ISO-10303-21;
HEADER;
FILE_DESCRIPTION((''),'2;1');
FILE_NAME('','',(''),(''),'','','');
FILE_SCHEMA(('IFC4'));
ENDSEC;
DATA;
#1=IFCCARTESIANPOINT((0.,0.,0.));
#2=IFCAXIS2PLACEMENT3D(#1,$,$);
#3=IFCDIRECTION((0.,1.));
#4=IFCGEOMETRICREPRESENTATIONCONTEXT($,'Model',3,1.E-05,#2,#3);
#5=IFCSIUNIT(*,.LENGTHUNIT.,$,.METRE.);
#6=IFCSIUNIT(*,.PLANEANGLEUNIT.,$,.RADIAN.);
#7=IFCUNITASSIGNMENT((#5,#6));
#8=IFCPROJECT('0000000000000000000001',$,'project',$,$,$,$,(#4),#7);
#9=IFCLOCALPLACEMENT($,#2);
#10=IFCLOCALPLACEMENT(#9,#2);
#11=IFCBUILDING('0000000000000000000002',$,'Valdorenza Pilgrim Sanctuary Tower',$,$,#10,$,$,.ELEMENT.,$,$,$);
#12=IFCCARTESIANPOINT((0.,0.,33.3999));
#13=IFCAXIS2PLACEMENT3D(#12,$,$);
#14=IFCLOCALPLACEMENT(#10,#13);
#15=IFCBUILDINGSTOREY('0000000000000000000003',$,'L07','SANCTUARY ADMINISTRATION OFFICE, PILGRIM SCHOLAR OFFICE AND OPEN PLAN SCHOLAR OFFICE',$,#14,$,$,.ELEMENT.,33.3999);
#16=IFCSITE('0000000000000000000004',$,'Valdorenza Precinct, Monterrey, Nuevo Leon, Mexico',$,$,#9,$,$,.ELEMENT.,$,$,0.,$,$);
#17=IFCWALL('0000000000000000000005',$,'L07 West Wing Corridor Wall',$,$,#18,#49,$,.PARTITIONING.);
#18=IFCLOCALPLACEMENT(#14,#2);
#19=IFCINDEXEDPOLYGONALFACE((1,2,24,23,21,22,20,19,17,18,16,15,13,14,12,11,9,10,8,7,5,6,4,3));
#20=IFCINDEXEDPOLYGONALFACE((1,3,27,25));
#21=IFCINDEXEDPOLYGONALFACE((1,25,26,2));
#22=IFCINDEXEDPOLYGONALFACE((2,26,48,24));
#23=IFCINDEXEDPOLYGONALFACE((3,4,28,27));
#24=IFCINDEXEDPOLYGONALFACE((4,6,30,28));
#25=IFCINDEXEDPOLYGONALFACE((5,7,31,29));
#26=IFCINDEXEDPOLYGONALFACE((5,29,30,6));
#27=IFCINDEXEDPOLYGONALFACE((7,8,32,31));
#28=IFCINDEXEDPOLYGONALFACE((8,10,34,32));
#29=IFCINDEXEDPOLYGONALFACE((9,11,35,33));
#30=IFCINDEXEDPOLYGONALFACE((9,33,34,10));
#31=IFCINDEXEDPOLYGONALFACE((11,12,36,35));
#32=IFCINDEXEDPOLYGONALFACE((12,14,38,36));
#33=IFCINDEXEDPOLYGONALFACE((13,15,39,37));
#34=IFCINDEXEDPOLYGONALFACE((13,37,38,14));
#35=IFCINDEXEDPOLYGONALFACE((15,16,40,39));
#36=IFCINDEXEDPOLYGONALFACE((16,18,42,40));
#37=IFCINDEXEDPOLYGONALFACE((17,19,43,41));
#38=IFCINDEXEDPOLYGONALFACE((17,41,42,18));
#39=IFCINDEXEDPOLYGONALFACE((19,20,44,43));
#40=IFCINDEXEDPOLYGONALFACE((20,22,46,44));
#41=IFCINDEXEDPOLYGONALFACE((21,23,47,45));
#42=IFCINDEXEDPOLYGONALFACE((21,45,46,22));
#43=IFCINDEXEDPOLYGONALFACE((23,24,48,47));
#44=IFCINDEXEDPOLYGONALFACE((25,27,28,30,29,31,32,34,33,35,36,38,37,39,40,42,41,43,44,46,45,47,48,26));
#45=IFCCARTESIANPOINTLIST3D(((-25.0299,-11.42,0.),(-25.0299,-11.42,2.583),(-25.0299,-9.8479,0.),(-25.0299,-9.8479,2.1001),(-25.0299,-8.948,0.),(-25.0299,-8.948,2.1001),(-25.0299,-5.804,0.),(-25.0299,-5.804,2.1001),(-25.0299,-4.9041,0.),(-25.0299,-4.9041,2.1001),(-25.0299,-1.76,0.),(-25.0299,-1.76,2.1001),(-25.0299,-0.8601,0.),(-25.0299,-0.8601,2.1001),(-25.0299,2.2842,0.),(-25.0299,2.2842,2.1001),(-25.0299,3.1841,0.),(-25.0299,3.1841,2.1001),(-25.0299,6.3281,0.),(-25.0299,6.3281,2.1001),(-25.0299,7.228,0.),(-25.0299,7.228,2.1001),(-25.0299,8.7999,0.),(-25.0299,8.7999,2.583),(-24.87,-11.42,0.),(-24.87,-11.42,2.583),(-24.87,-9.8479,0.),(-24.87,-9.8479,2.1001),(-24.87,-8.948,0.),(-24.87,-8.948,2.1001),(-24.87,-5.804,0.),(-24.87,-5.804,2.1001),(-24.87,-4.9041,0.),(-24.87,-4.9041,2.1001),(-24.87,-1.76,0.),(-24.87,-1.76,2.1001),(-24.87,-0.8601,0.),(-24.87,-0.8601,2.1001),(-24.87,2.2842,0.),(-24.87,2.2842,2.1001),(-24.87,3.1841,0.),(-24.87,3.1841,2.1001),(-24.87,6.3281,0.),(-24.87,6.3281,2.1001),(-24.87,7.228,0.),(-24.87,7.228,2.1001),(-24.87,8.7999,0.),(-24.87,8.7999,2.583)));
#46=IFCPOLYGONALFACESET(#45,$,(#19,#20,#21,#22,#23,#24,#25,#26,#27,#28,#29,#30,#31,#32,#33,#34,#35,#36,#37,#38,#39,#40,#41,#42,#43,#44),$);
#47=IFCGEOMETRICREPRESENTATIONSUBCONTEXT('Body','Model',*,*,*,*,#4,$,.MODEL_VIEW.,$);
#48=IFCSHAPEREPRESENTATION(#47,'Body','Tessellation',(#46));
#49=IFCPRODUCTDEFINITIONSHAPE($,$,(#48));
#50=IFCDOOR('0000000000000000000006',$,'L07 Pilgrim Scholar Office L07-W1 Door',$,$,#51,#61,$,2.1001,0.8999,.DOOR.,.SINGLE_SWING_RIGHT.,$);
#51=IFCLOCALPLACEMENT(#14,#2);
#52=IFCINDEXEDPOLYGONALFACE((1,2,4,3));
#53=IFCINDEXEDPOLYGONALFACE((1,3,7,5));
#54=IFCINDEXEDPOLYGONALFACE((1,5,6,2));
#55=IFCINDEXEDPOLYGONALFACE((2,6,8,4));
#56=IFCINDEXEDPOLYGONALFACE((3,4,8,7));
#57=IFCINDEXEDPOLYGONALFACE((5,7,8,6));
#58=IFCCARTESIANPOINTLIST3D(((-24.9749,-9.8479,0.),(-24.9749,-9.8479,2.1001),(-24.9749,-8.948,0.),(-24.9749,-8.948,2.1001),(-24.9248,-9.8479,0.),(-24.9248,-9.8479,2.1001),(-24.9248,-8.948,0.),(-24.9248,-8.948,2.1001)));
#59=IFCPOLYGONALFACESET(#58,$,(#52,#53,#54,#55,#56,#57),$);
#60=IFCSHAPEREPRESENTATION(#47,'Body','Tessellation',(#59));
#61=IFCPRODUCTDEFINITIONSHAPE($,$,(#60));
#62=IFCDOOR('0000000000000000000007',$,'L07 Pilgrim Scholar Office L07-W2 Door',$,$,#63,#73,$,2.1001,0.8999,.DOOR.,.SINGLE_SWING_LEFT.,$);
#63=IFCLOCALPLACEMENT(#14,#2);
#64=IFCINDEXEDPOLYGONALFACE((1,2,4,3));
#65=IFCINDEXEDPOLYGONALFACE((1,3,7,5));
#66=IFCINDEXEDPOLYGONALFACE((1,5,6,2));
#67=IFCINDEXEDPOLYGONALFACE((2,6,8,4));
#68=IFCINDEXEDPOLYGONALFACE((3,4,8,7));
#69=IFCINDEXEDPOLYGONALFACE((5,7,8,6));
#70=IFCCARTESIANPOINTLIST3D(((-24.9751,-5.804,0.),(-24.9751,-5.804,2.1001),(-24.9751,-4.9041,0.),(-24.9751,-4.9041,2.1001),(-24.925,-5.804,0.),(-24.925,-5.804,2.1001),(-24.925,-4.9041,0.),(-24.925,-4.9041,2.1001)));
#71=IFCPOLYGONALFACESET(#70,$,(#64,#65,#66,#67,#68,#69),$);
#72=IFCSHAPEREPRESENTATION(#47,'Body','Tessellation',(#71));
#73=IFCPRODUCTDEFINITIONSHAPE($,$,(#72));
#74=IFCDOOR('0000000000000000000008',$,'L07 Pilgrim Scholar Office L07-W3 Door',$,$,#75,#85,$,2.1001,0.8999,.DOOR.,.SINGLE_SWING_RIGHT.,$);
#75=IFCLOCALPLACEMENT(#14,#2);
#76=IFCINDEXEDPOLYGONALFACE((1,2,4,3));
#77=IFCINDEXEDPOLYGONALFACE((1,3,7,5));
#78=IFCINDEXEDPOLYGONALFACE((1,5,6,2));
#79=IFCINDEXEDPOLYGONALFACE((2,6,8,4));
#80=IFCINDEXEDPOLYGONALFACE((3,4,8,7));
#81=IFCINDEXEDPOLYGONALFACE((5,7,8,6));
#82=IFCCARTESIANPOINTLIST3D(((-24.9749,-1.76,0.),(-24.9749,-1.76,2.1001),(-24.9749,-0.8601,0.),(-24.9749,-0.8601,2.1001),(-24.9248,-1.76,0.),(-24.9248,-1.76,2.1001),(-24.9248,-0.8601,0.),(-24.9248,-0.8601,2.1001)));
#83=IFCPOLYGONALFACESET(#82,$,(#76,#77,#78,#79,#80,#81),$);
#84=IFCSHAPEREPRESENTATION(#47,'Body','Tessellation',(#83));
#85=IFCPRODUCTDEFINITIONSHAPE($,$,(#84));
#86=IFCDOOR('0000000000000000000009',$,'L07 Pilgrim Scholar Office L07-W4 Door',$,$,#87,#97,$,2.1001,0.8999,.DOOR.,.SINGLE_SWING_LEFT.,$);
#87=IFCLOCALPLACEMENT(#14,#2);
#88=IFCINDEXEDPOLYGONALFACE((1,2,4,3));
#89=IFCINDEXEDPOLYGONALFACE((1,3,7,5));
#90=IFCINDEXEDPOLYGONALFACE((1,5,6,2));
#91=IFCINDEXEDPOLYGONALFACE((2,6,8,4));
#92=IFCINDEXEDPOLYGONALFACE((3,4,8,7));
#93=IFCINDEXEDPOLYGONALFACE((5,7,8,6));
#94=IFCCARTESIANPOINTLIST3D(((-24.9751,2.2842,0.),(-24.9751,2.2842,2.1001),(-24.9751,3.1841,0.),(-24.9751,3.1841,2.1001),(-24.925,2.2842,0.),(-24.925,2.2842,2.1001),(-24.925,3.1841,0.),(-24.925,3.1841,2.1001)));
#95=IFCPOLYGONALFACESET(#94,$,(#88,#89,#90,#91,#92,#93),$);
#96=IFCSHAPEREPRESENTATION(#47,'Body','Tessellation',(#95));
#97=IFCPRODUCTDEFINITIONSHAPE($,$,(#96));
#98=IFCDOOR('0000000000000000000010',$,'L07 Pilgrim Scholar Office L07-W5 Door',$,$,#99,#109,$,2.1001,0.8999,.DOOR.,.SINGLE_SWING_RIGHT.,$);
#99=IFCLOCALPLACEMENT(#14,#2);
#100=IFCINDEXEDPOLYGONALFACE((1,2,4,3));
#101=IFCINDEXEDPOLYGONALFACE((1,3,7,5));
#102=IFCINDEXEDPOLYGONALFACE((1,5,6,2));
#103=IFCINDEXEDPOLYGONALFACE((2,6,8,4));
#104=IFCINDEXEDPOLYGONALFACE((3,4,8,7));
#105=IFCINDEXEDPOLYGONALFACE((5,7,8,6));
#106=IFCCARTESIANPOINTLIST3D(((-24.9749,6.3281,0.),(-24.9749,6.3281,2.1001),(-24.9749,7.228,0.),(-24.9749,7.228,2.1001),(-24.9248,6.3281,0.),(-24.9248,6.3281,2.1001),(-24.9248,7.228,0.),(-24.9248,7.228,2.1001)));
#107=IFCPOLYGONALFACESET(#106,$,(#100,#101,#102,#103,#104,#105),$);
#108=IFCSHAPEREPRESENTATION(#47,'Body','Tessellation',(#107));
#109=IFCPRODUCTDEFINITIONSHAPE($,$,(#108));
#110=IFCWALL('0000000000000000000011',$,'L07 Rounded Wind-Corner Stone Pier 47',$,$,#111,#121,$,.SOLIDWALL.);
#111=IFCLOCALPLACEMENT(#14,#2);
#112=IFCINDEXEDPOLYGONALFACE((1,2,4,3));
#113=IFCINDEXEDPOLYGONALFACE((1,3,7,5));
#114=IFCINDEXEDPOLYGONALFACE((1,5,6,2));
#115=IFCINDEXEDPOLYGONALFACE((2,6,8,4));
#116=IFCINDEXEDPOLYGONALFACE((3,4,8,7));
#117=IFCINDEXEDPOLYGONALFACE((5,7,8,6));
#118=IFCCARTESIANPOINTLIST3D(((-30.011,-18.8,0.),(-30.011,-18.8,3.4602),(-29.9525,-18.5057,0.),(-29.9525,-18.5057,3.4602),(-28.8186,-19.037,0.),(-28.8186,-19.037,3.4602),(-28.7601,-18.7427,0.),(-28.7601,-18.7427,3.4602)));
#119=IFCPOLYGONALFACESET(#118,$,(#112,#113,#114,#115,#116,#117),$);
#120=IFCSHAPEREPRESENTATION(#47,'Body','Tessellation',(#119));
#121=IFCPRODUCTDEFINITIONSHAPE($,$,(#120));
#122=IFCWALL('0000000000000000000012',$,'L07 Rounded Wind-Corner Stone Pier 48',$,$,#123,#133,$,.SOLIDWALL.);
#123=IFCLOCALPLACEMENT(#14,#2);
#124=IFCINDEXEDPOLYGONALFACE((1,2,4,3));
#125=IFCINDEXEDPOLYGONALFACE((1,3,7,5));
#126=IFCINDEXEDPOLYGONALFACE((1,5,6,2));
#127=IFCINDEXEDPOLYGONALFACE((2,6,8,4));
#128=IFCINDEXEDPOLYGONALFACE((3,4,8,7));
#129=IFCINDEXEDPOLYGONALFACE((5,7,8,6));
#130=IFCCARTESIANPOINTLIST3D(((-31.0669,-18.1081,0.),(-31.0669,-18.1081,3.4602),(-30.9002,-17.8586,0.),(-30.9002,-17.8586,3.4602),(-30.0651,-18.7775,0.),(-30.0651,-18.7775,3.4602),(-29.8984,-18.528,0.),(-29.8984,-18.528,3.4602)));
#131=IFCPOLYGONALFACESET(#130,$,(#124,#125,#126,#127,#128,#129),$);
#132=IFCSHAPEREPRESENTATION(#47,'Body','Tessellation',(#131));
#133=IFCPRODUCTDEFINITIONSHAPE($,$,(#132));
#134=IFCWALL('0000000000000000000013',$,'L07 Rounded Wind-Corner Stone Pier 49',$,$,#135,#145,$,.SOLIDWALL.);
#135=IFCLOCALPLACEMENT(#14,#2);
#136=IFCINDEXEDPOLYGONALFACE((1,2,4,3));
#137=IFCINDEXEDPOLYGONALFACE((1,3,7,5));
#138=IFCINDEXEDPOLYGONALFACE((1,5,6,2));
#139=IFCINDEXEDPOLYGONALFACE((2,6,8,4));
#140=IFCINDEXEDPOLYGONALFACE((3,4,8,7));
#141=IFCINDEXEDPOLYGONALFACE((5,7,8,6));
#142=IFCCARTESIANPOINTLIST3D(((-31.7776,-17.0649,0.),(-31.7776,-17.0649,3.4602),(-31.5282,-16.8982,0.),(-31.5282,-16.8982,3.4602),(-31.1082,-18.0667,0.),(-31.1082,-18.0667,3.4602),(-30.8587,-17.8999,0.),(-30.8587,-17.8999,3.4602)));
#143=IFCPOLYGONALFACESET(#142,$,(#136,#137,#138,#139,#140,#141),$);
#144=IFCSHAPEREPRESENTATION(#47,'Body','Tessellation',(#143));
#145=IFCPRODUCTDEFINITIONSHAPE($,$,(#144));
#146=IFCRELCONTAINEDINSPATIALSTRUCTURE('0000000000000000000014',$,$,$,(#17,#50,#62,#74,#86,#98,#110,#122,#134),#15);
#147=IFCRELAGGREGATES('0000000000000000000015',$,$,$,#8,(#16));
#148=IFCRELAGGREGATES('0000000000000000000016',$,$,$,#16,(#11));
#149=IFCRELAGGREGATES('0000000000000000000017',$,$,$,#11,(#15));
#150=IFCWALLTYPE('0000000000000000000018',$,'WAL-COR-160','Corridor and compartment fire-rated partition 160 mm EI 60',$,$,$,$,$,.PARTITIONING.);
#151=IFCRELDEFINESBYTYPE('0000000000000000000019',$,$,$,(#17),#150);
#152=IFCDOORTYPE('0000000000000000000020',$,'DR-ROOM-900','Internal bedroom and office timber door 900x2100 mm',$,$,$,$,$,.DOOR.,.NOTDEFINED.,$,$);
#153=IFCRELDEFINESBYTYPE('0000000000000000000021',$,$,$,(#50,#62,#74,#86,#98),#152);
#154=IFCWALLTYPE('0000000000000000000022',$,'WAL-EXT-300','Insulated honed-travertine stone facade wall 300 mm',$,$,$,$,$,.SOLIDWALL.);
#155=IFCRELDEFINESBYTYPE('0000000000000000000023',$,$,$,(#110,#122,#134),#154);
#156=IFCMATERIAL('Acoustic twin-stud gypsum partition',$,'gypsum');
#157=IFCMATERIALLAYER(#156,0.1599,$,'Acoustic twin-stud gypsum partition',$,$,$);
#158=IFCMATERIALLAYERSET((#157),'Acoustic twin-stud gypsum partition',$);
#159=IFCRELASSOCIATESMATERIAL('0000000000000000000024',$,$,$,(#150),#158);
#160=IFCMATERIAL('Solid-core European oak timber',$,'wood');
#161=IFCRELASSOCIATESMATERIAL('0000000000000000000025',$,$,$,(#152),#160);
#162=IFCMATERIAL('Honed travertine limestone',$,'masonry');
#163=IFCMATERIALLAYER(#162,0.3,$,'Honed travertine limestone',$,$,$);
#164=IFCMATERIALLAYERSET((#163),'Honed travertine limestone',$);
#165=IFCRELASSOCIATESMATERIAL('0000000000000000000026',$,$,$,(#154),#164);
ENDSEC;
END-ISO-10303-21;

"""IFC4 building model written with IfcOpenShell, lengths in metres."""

from ifc_helpers import new_model, si_unit, direction, frame, frame_2d, origin, place, context, subcontext, project, spatial, rectangle, extrude, material, layer, layer_set, type_object, element, fill, save


model = new_model("IFC4")

# Units and contexts
model_context = context("Model", 3, precision=1e-05, world=origin(), true_north=direction((0.0, 1.0)))
body_context = subcontext(model_context, "Body", "Model", "MODEL_VIEW")
ifc_project = project(units=[si_unit("LENGTHUNIT", "METRE"), si_unit("PLANEANGLEUNIT", "RADIAN")], contexts=[model_context])

# Site, building, storey
site_placement = place(None, origin())
site = spatial("IfcSite", under=ifc_project, at=site_placement, Name="Valdorenza Precinct, Monterrey, Nuevo Leon, Mexico", CompositionType="ELEMENT", RefElevation=0.0)
building_placement = place(site_placement, origin())
building = spatial("IfcBuilding", under=site, at=building_placement, Name="Valdorenza Pilgrim Sanctuary Tower", CompositionType="ELEMENT")
storey_placement = place(building_placement, frame((0.0, 0.0, 33.3999)))
storey = spatial("IfcBuildingStorey", under=building, at=storey_placement, Name="L07", Description="SANCTUARY ADMINISTRATION OFFICE, PILGRIM SCHOLAR OFFICE AND OPEN PLAN SCHOLAR OFFICE", CompositionType="ELEMENT", Elevation=33.3999)

# Shared definitions
ifc_material_1 = material(Name="Honed travertine limestone", Category="masonry")

# Wall, openings, doors
ifc_material_2 = material(Name="Acoustic twin-stud gypsum partition", Category="gypsum")
ifc_layer_1 = layer(ifc_material_2, 0.1599, Name="Acoustic twin-stud gypsum partition")
ifc_layer_set_1 = layer_set([ifc_layer_1], Name="Acoustic twin-stud gypsum partition")
wall_type_1 = type_object("IfcWallType", Name="WAL-COR-160", Description="Corridor and compartment fire-rated partition 160 mm EI 60", PredefinedType="PARTITIONING", material=ifc_layer_set_1)
wall_1_placement = place(storey_placement, frame((-24.95, -11.4199, 0.0), z_axis=(0.0, 0.0, 1.0), x_axis=(0.0, 1.0, 0.0)))
wall_1 = element("IfcWall", 1, at=wall_1_placement, inside=storey, type_object=wall_type_1, Name="L07 West Wing Corridor Wall", PredefinedType="PARTITIONING", context=body_context, shape_type="SweptSolid", body=[
    extrude(rectangle(XDim=20.22, YDim=0.1599, at=frame_2d((10.1099, 0.0))), origin(), (0.0, 0.0, 1.0), 2.583),
])
opening_1_placement = place(wall_1_placement, frame((1.572, 0.0, 0.0)))
opening_1 = element("IfcOpeningElement", 2, at=opening_1_placement, cuts=wall_1, PredefinedType="OPENING", context=body_context, shape_type="SweptSolid", body=[
    extrude(rectangle(XDim=0.8999, YDim=2.1001, at=frame_2d((0.45, 1.05))), frame((0.0, 0.0947, 0.0), z_axis=(0.0, -1.0, 0.0), x_axis=(1.0, 0.0, 0.0)), (0.0, 0.0, 1.0), 0.1897),
])
opening_2_placement = place(wall_1_placement, frame((5.616, 0.0, 0.0)))
opening_2 = element("IfcOpeningElement", 3, at=opening_2_placement, cuts=wall_1, PredefinedType="OPENING", context=body_context, shape_type="SweptSolid", body=[
    extrude(rectangle(XDim=0.8999, YDim=2.1001, at=frame_2d((0.45, 1.05))), frame((0.0, 0.0947, 0.0), z_axis=(0.0, -1.0, 0.0), x_axis=(1.0, 0.0, 0.0)), (0.0, 0.0, 1.0), 0.1897),
])
opening_3_placement = place(wall_1_placement, frame((9.6599, 0.0, 0.0)))
opening_3 = element("IfcOpeningElement", 4, at=opening_3_placement, cuts=wall_1, PredefinedType="OPENING", context=body_context, shape_type="SweptSolid", body=[
    extrude(rectangle(XDim=0.8999, YDim=2.1001, at=frame_2d((0.45, 1.05))), frame((0.0, 0.0947, 0.0), z_axis=(0.0, -1.0, 0.0), x_axis=(1.0, 0.0, 0.0)), (0.0, 0.0, 1.0), 0.1897),
])
opening_4_placement = place(wall_1_placement, frame((13.7041, 0.0, 0.0)))
opening_4 = element("IfcOpeningElement", 5, at=opening_4_placement, cuts=wall_1, PredefinedType="OPENING", context=body_context, shape_type="SweptSolid", body=[
    extrude(rectangle(XDim=0.8999, YDim=2.1001, at=frame_2d((0.45, 1.05))), frame((0.0, 0.0947, 0.0), z_axis=(0.0, -1.0, 0.0), x_axis=(1.0, 0.0, 0.0)), (0.0, 0.0, 1.0), 0.1897),
])
opening_5_placement = place(wall_1_placement, frame((17.748, 0.0, 0.0)))
opening_5 = element("IfcOpeningElement", 6, at=opening_5_placement, cuts=wall_1, PredefinedType="OPENING", context=body_context, shape_type="SweptSolid", body=[
    extrude(rectangle(XDim=0.8999, YDim=2.1001, at=frame_2d((0.45, 1.05))), frame((0.0, 0.0947, 0.0), z_axis=(0.0, -1.0, 0.0), x_axis=(1.0, 0.0, 0.0)), (0.0, 0.0, 1.0), 0.1897),
])
ifc_material_3 = material(Name="Solid-core European oak timber", Category="wood")
door_type = type_object("IfcDoorType", Name="DR-ROOM-900", Description="Internal bedroom and office timber door 900x2100 mm", OperationType="NOTDEFINED", PredefinedType="DOOR", material=ifc_material_3)
door_1_placement = place(opening_1_placement, origin())
door_1 = element("IfcDoor", 7, at=door_1_placement, inside=storey, type_object=door_type, Name="L07 Pilgrim Scholar Office L07-W1 Door", OperationType="SINGLE_SWING_RIGHT", OverallHeight=2.1001, OverallWidth=0.8999, PredefinedType="DOOR", context=body_context, shape_type="SweptSolid", body=[
    extrude(rectangle(XDim=0.8999, YDim=2.1001, at=frame_2d((0.45, 1.05))), frame((0.0, 0.0249, 0.0), z_axis=(0.0, -1.0, 0.0), x_axis=(1.0, 0.0, 0.0)), (0.0, 0.0, 1.0), 0.05),
])
fill(opening_1, door_1)
door_2_placement = place(opening_2_placement, frame((0.8999, 0.0, 0.0), z_axis=(0.0, 0.0, 1.0), x_axis=(-1.0, 0.0, 0.0)))
door_2 = element("IfcDoor", 8, at=door_2_placement, inside=storey, type_object=door_type, Name="L07 Pilgrim Scholar Office L07-W2 Door", OperationType="SINGLE_SWING_LEFT", OverallHeight=2.1001, OverallWidth=0.8999, PredefinedType="DOOR", context=body_context, shape_type="SweptSolid", body=[
    extrude(rectangle(XDim=0.8999, YDim=2.1001, at=frame_2d((0.45, 1.05))), frame((0.0, 0.0249, 0.0), z_axis=(0.0, -1.0, 0.0), x_axis=(1.0, 0.0, 0.0)), (0.0, 0.0, 1.0), 0.05),
])
fill(opening_2, door_2)
door_3_placement = place(opening_3_placement, origin())
door_3 = element("IfcDoor", 9, at=door_3_placement, inside=storey, type_object=door_type, Name="L07 Pilgrim Scholar Office L07-W3 Door", OperationType="SINGLE_SWING_RIGHT", OverallHeight=2.1001, OverallWidth=0.8999, PredefinedType="DOOR", context=body_context, shape_type="SweptSolid", body=[
    extrude(rectangle(XDim=0.8999, YDim=2.1001, at=frame_2d((0.45, 1.05))), frame((0.0, 0.0249, 0.0), z_axis=(0.0, -1.0, 0.0), x_axis=(1.0, 0.0, 0.0)), (0.0, 0.0, 1.0), 0.05),
])
fill(opening_3, door_3)
door_4_placement = place(opening_4_placement, frame((0.8999, 0.0, 0.0), z_axis=(0.0, 0.0, 1.0), x_axis=(-1.0, 0.0, 0.0)))
door_4 = element("IfcDoor", 10, at=door_4_placement, inside=storey, type_object=door_type, Name="L07 Pilgrim Scholar Office L07-W4 Door", OperationType="SINGLE_SWING_LEFT", OverallHeight=2.1001, OverallWidth=0.8999, PredefinedType="DOOR", context=body_context, shape_type="SweptSolid", body=[
    extrude(rectangle(XDim=0.8999, YDim=2.1001, at=frame_2d((0.45, 1.05))), frame((0.0, 0.0249, 0.0), z_axis=(0.0, -1.0, 0.0), x_axis=(1.0, 0.0, 0.0)), (0.0, 0.0, 1.0), 0.05),
])
fill(opening_4, door_4)
door_5_placement = place(opening_5_placement, origin())
door_5 = element("IfcDoor", 11, at=door_5_placement, inside=storey, type_object=door_type, Name="L07 Pilgrim Scholar Office L07-W5 Door", OperationType="SINGLE_SWING_RIGHT", OverallHeight=2.1001, OverallWidth=0.8999, PredefinedType="DOOR", context=body_context, shape_type="SweptSolid", body=[
    extrude(rectangle(XDim=0.8999, YDim=2.1001, at=frame_2d((0.45, 1.05))), frame((0.0, 0.0249, 0.0), z_axis=(0.0, -1.0, 0.0), x_axis=(1.0, 0.0, 0.0)), (0.0, 0.0, 1.0), 0.05),
])
fill(opening_5, door_5)

# Walls
ifc_layer_2 = layer(ifc_material_1, 0.3, Name="Honed travertine limestone")
ifc_layer_set_2 = layer_set([ifc_layer_2], Name="Honed travertine limestone")
wall_type_2 = type_object("IfcWallType", Name="WAL-EXT-300", Description="Insulated honed-travertine stone facade wall 300 mm", PredefinedType="SOLIDWALL", material=ifc_layer_set_2)
wall_2_placement = place(storey_placement, frame((-28.7893, -18.8899, 0.0), z_axis=(0.0, 0.0, 1.0), x_axis=(-0.980804, 0.194996, 0.0)))
element("IfcWall", 12, at=wall_2_placement, inside=storey, type_object=wall_type_2, Name="L07 Rounded Wind-Corner Stone Pier 47", PredefinedType="SOLIDWALL", context=body_context, shape_type="SweptSolid", body=[
    extrude(rectangle(XDim=1.2158, YDim=0.3, at=frame_2d((0.6079, 0.0))), origin(), (0.0, 0.0, 1.0), 3.4602),
])
for number, where, z_axis, x_axis, name in (
    (13, (-29.9817, -18.6528, 0.0), (0.0, 0.0, 1.0), (-0.831426, 0.555635, 0.0), "L07 Rounded Wind-Corner Stone Pier 48"),
    (14, (-30.9834, -17.9834, 0.0), (0.0, 0.0, 1.0), (-0.555635, 0.831426, 0.0), "L07 Rounded Wind-Corner Stone Pier 49"),
):
    element("IfcWall", number, at=place(storey_placement, frame(where, z_axis=z_axis, x_axis=x_axis)), inside=storey, type_object=wall_type_2, Name=name, PredefinedType="SOLIDWALL", context=body_context, shape_type="SweptSolid", body=[
        extrude(rectangle(XDim=1.2048, YDim=0.3, at=frame_2d((0.6025, 0.0))), origin(), (0.0, 0.0, 1.0), 3.4602),
    ])

save(model, "model.ifc")
